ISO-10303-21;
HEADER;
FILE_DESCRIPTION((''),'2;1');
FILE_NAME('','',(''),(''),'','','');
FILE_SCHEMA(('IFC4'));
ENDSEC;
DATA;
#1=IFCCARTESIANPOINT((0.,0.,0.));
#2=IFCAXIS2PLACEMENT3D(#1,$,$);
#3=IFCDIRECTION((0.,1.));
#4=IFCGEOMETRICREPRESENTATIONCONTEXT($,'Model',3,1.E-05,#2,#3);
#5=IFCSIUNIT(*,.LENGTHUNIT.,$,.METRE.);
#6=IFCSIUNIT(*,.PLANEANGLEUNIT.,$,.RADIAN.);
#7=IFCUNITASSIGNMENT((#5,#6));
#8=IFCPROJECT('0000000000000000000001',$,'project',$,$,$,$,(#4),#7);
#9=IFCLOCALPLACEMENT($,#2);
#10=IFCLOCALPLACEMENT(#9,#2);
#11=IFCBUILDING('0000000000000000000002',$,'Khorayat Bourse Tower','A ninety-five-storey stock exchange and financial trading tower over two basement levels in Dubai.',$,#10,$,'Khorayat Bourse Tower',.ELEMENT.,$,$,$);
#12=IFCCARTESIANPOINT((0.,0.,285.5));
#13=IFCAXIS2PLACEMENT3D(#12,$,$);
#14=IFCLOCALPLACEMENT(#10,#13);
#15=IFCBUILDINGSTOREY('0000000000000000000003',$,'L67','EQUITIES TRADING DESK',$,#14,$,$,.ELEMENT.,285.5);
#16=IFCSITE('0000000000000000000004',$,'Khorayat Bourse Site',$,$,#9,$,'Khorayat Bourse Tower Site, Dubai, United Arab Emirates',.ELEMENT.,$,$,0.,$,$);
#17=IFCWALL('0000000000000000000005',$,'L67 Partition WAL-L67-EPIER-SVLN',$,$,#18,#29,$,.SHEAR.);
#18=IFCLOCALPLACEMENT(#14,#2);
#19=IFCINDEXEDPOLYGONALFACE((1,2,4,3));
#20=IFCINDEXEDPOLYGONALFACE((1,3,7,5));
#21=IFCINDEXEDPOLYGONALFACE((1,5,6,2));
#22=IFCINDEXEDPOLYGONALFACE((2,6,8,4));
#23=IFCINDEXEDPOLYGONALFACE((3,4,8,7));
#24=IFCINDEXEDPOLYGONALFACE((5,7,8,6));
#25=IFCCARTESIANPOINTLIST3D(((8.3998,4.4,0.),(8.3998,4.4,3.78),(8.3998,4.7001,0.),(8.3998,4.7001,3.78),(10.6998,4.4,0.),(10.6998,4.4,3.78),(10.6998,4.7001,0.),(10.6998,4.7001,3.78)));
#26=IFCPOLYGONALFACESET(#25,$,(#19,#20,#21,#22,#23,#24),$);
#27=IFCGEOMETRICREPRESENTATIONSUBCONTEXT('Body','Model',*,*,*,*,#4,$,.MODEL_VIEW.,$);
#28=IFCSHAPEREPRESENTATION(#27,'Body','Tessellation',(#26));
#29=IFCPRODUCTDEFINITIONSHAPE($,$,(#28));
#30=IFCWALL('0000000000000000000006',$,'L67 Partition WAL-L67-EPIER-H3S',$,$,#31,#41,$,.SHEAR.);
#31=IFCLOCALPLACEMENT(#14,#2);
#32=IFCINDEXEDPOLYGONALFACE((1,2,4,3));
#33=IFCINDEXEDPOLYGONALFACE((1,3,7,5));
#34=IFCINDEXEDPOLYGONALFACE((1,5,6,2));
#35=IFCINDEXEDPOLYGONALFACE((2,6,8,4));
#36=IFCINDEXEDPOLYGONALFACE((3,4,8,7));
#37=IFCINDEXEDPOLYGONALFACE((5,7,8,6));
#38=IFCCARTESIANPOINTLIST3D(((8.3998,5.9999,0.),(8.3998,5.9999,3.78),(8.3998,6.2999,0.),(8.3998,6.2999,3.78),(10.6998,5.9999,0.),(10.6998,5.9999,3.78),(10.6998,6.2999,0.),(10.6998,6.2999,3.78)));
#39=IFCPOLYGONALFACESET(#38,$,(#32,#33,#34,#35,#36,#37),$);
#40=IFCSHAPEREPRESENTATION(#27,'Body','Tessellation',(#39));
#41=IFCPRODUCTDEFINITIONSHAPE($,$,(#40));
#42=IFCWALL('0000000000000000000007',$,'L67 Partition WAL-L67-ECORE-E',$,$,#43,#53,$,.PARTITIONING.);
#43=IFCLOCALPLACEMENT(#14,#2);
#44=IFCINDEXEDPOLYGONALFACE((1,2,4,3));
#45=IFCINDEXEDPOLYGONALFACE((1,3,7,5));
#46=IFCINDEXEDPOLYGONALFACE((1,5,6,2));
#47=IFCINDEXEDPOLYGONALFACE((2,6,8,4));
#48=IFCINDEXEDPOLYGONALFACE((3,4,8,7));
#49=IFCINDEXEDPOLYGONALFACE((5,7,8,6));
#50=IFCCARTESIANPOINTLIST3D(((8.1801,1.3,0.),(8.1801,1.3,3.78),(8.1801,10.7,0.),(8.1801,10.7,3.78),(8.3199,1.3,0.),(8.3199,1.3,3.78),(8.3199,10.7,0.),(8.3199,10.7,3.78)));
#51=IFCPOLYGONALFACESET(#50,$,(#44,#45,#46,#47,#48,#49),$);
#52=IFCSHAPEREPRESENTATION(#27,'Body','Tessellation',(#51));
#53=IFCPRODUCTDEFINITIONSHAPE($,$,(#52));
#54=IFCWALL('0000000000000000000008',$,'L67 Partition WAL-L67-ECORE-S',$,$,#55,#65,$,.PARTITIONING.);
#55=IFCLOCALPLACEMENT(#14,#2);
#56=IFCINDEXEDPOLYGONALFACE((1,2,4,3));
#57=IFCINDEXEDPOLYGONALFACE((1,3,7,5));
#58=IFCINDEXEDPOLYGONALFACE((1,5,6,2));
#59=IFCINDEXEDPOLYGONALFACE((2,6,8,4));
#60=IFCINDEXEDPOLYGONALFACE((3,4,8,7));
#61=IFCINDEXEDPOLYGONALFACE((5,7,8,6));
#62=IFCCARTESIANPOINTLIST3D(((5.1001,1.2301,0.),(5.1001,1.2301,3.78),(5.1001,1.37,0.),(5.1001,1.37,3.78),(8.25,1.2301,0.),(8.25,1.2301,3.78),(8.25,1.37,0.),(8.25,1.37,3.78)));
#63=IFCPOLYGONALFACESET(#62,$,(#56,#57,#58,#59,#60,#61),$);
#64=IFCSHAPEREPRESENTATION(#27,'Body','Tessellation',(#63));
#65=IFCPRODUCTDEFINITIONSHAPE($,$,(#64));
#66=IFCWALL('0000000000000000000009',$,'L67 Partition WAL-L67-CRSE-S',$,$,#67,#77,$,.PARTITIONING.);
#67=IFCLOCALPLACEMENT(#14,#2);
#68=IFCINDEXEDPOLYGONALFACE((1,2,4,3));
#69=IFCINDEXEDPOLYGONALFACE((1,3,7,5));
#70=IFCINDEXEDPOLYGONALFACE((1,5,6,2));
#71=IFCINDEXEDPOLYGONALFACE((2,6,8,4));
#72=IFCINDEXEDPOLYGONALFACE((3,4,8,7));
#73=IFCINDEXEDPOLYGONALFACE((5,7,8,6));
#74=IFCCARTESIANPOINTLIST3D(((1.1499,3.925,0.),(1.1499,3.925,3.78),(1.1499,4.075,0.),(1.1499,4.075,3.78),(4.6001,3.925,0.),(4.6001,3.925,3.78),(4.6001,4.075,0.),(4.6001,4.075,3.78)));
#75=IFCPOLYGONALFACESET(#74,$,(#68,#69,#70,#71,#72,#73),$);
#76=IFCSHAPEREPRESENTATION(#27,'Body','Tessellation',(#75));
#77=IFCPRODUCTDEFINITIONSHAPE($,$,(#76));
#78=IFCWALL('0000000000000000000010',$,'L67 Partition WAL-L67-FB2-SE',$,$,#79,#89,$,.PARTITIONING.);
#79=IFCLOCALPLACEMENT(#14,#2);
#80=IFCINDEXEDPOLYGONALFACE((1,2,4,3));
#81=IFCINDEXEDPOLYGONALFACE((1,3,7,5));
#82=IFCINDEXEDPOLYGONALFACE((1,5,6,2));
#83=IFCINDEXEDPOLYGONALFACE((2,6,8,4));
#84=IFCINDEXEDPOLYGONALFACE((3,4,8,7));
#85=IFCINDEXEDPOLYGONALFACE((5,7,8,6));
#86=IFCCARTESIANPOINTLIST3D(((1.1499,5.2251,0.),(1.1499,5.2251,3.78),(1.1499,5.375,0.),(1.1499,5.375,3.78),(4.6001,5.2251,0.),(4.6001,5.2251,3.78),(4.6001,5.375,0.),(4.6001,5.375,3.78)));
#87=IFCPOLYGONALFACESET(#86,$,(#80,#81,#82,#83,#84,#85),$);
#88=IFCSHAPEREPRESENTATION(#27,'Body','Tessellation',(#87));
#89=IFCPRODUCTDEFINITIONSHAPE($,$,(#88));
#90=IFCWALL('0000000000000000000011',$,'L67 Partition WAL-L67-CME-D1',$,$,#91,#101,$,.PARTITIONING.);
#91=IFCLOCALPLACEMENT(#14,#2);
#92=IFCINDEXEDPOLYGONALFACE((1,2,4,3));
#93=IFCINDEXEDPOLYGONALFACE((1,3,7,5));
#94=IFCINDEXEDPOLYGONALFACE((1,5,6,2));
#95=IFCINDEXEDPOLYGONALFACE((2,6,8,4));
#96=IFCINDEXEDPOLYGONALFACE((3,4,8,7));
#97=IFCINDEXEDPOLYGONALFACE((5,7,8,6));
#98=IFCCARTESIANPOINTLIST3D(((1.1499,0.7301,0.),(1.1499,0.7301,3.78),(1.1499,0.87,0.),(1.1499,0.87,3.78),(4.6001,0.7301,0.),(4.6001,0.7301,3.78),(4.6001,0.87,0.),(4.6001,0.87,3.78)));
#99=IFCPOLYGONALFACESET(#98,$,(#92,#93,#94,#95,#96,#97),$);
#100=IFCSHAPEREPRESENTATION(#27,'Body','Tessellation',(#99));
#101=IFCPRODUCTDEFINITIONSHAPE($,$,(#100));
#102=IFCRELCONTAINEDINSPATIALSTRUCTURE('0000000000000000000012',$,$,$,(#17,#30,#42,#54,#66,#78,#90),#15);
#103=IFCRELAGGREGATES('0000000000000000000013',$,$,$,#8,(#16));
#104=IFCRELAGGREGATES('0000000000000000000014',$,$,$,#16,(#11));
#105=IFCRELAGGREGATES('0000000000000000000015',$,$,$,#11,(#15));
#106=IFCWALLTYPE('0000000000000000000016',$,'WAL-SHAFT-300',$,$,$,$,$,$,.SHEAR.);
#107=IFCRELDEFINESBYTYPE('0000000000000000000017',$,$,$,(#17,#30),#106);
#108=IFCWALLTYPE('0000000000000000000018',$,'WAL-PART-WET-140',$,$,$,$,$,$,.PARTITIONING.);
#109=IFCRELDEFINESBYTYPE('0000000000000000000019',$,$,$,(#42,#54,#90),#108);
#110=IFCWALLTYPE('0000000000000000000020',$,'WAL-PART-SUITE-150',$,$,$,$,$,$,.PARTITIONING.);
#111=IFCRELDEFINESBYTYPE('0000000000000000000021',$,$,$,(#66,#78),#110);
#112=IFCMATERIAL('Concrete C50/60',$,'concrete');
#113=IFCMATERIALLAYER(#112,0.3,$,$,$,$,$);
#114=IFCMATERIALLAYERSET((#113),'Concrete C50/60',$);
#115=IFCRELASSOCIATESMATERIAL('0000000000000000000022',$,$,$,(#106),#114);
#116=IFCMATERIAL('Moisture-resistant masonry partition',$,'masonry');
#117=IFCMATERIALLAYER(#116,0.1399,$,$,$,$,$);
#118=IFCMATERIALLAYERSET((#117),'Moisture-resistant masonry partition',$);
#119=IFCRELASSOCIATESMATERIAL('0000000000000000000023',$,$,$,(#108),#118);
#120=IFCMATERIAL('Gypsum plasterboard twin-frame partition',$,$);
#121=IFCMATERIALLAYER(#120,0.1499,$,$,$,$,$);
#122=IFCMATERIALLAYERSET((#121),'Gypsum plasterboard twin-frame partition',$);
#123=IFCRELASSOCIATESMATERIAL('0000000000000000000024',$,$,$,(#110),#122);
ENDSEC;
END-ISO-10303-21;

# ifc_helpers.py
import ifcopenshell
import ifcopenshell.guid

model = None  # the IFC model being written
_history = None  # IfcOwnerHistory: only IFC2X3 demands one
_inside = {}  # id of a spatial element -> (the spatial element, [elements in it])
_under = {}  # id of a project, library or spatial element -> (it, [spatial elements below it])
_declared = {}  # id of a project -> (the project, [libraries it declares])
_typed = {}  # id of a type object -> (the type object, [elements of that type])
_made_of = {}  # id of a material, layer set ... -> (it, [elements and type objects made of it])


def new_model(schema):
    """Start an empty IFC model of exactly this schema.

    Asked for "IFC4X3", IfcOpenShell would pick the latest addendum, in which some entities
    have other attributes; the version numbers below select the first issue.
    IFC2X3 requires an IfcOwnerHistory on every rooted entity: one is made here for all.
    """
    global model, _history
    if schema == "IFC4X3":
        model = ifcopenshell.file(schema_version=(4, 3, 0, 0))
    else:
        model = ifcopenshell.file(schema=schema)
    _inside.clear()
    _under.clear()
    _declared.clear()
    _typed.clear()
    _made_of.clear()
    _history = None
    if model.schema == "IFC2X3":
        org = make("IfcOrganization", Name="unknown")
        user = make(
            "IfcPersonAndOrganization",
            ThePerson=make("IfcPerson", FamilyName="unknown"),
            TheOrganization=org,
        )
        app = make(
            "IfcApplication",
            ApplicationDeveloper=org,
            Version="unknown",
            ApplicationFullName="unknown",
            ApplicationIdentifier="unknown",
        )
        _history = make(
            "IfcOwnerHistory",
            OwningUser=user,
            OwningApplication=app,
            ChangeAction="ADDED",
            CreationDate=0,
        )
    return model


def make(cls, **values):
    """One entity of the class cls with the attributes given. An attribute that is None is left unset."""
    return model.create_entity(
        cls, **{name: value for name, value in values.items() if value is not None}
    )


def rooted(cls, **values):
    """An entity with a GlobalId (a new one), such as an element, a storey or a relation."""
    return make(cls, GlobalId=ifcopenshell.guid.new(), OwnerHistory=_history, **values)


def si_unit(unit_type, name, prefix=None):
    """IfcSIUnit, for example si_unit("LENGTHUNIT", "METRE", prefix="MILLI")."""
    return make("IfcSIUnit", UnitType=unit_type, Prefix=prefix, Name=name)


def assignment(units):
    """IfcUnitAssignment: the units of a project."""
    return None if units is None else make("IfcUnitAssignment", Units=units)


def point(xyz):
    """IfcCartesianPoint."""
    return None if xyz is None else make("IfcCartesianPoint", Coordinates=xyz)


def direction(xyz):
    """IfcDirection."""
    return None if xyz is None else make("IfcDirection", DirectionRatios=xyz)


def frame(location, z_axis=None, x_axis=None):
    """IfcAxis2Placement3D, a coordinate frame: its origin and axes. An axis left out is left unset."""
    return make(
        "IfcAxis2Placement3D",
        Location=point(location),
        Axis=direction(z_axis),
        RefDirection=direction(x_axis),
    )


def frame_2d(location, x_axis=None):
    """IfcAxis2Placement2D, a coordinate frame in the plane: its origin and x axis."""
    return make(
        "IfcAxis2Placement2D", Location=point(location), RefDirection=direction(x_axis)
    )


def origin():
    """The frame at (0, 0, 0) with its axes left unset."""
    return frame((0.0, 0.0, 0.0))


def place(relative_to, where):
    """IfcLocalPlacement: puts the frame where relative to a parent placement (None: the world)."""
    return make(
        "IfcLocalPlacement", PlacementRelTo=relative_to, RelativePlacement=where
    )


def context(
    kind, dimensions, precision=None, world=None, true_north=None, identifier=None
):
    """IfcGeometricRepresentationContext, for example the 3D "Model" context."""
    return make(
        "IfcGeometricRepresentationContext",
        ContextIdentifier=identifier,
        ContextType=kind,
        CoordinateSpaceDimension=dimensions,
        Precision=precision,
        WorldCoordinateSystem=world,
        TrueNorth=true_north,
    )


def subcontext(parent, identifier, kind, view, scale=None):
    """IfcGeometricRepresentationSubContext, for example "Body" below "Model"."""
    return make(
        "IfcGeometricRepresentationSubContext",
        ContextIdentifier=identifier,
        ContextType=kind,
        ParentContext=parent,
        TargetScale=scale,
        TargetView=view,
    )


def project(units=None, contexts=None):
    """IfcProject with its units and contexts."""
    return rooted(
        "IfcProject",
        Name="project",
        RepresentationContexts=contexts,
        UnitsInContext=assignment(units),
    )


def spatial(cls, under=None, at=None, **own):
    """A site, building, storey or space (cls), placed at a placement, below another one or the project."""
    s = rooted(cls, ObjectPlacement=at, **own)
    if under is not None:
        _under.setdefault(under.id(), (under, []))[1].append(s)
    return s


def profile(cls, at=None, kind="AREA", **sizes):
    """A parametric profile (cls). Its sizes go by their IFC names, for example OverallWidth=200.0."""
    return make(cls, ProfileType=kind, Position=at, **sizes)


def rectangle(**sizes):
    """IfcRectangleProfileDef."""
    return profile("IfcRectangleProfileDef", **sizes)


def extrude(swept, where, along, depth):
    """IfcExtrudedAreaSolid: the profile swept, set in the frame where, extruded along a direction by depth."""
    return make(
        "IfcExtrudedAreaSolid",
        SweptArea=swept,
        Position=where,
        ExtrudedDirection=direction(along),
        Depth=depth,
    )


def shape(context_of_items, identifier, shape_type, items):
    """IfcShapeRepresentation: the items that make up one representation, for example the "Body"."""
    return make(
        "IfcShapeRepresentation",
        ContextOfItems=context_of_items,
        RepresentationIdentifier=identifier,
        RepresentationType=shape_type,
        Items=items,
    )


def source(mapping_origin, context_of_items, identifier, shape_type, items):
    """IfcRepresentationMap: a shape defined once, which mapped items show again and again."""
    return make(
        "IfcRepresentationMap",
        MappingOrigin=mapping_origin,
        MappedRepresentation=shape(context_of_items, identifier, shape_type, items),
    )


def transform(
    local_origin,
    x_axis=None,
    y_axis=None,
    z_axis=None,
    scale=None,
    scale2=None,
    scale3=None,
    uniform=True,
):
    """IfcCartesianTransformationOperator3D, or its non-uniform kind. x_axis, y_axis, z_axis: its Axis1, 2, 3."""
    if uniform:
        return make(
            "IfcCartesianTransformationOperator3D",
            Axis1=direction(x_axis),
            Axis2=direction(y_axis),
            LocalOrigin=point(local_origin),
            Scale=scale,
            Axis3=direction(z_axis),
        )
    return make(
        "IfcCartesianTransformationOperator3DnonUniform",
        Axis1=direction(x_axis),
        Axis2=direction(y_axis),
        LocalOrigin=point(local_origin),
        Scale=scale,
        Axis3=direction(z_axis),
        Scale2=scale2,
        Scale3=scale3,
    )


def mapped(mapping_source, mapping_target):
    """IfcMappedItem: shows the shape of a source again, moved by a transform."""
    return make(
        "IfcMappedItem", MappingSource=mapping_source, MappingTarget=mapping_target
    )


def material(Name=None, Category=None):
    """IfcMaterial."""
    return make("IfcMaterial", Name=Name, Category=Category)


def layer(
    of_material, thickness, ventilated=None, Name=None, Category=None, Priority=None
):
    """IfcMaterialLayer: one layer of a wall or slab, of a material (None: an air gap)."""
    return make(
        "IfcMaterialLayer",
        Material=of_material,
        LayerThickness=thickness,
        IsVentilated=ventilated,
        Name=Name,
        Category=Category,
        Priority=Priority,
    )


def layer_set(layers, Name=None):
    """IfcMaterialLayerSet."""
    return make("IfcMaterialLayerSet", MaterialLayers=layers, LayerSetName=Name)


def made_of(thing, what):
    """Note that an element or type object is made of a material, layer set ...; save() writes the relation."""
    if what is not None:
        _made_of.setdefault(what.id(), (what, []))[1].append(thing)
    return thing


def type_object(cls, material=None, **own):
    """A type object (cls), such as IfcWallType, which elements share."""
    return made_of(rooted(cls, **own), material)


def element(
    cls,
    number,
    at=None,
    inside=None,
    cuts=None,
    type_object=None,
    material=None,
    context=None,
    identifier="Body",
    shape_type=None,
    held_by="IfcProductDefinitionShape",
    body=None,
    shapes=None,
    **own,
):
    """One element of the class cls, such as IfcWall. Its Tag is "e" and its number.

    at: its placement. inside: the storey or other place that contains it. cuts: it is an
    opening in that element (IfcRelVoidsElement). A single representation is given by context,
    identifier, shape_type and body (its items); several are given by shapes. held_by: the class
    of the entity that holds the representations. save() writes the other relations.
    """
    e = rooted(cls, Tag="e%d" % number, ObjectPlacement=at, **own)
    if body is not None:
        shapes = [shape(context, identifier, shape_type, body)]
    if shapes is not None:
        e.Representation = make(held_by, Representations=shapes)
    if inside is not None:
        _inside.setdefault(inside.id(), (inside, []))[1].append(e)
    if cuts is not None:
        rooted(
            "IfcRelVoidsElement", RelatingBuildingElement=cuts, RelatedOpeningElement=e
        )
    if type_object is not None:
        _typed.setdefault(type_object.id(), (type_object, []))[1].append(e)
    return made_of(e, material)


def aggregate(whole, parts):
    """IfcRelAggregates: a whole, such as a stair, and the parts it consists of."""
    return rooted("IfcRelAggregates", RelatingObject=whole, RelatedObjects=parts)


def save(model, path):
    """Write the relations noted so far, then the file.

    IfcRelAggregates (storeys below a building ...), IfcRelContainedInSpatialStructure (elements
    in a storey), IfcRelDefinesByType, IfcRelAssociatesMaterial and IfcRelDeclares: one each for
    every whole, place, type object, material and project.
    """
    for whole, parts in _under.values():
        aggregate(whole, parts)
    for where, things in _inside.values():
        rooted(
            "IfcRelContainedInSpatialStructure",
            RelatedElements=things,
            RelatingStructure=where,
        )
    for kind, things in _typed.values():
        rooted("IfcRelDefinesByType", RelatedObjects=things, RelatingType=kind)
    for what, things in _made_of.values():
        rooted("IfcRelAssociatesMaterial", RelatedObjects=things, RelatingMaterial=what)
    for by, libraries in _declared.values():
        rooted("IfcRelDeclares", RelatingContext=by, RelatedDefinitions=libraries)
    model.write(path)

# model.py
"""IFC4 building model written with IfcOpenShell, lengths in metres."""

from ifc_helpers import new_model, si_unit, direction, frame, frame_2d, origin, place, context, subcontext, project, spatial, rectangle, extrude, source, transform, mapped, material, layer, layer_set, type_object, element, save


model = new_model("IFC4")

# Units and contexts
model_context = context("Model", 3, precision=1e-05, world=origin(), true_north=direction((0.0, 1.0)))
body_context = subcontext(model_context, "Body", "Model", "MODEL_VIEW")
ifc_project = project(units=[si_unit("LENGTHUNIT", "METRE"), si_unit("PLANEANGLEUNIT", "RADIAN")], contexts=[model_context])

# Site, building, storey
site_placement = place(None, origin())
site = spatial("IfcSite", under=ifc_project, at=site_placement, Name="Khorayat Bourse Site", LongName="Khorayat Bourse Tower Site, Dubai, United Arab Emirates", CompositionType="ELEMENT", RefElevation=0.0)
building_placement = place(site_placement, origin())
building = spatial("IfcBuilding", under=site, at=building_placement, Name="Khorayat Bourse Tower", Description="A ninety-five-storey stock exchange and financial trading tower over two basement levels in Dubai.", LongName="Khorayat Bourse Tower", CompositionType="ELEMENT")
storey_placement = place(building_placement, frame((0.0, 0.0, 285.5)))
storey = spatial("IfcBuildingStorey", under=building, at=storey_placement, Name="L67", Description="EQUITIES TRADING DESK", CompositionType="ELEMENT", Elevation=285.5)

# Walls
ifc_material_1 = material(Name="Concrete C50/60", Category="concrete")
ifc_layer_1 = layer(ifc_material_1, 0.3)
ifc_layer_set_1 = layer_set([ifc_layer_1], Name="Concrete C50/60")
wall_type_1 = type_object("IfcWallType", Name="WAL-SHAFT-300", PredefinedType="SHEAR", material=ifc_layer_set_1)
shared_shape_1 = source(origin(), body_context, "Body", "SweptSolid", [
    extrude(rectangle(XDim=2.3, YDim=0.3, at=frame_2d((1.1499, 0.0))), origin(), (0.0, 0.0, 1.0), 3.78),
])
for number, where, z_axis, x_axis, name in (
    (1, (8.3999, 4.55, 0.0), (0.0, 0.0, 1.0), (1.0, 0.0, 0.0), "L67 Partition WAL-L67-EPIER-SVLN"),
    (2, (8.3999, 6.1499, 0.0), (0.0, 0.0, 1.0), (1.0, 0.0, 0.0), "L67 Partition WAL-L67-EPIER-H3S"),
):
    element("IfcWall", number, at=place(storey_placement, frame(where, z_axis=z_axis, x_axis=x_axis)), inside=storey, type_object=wall_type_1, Name=name, PredefinedType="SHEAR", context=body_context, shape_type="MappedRepresentation", body=[
        mapped(shared_shape_1, transform((0.0, 0.0, 0.0), scale=1.0)),
    ])
ifc_material_2 = material(Name="Moisture-resistant masonry partition", Category="masonry")
ifc_layer_2 = layer(ifc_material_2, 0.1399)
ifc_layer_set_2 = layer_set([ifc_layer_2], Name="Moisture-resistant masonry partition")
wall_type_2 = type_object("IfcWallType", Name="WAL-PART-WET-140", PredefinedType="PARTITIONING", material=ifc_layer_set_2)
shared_shape_2 = source(origin(), body_context, "Body", "SweptSolid", [
    extrude(rectangle(XDim=9.3999, YDim=0.1399, at=frame_2d((4.7, 0.0))), origin(), (0.0, 0.0, 1.0), 3.78),
])
wall_1_placement = place(storey_placement, frame((8.25, 1.3, 0.0), z_axis=(0.0, 0.0, 1.0), x_axis=(0.0, 1.0, 0.0)))
element("IfcWall", 3, at=wall_1_placement, inside=storey, type_object=wall_type_2, Name="L67 Partition WAL-L67-ECORE-E", PredefinedType="PARTITIONING", context=body_context, shape_type="MappedRepresentation", body=[
    mapped(shared_shape_2, transform((0.0, 0.0, 0.0), scale=1.0)),
])
shared_shape_3 = source(origin(), body_context, "Body", "SweptSolid", [
    extrude(rectangle(XDim=3.1499, YDim=0.1399, at=frame_2d((1.575, 0.0))), origin(), (0.0, 0.0, 1.0), 3.78),
])
wall_2_placement = place(storey_placement, frame((5.1001, 1.3, 0.0), z_axis=(0.0, 0.0, 1.0), x_axis=(1.0, 0.0, 0.0)))
element("IfcWall", 4, at=wall_2_placement, inside=storey, type_object=wall_type_2, Name="L67 Partition WAL-L67-ECORE-S", PredefinedType="PARTITIONING", context=body_context, shape_type="MappedRepresentation", body=[
    mapped(shared_shape_3, transform((0.0, 0.0, 0.0), scale=1.0)),
])

# Walls
ifc_material_3 = material(Name="Gypsum plasterboard twin-frame partition")
ifc_layer_3 = layer(ifc_material_3, 0.1499)
ifc_layer_set_3 = layer_set([ifc_layer_3], Name="Gypsum plasterboard twin-frame partition")
wall_type_3 = type_object("IfcWallType", Name="WAL-PART-SUITE-150", PredefinedType="PARTITIONING", material=ifc_layer_set_3)
shared_shape_4 = source(origin(), body_context, "Body", "SweptSolid", [
    extrude(rectangle(XDim=3.4502, YDim=0.1499, at=frame_2d((1.7251, 0.0))), origin(), (0.0, 0.0, 1.0), 3.78),
])
for number, where, z_axis, x_axis, name in (
    (5, (1.1499, 4.0, 0.0), (0.0, 0.0, 1.0), (1.0, 0.0, 0.0), "L67 Partition WAL-L67-CRSE-S"),
    (6, (1.1499, 5.3, 0.0), (0.0, 0.0, 1.0), (1.0, 0.0, 0.0), "L67 Partition WAL-L67-FB2-SE"),
):
    element("IfcWall", number, at=place(storey_placement, frame(where, z_axis=z_axis, x_axis=x_axis)), inside=storey, type_object=wall_type_3, Name=name, PredefinedType="PARTITIONING", context=body_context, shape_type="MappedRepresentation", body=[
        mapped(shared_shape_4, transform((0.0, 0.0, 0.0), scale=1.0)),
    ])

# Wall
shared_shape_5 = source(origin(), body_context, "Body", "SweptSolid", [
    extrude(rectangle(XDim=3.4502, YDim=0.1399, at=frame_2d((1.7251, 0.0))), origin(), (0.0, 0.0, 1.0), 3.78),
])
wall_3_placement = place(storey_placement, frame((1.1499, 0.8, 0.0), z_axis=(0.0, 0.0, 1.0), x_axis=(1.0, 0.0, 0.0)))
element("IfcWall", 7, at=wall_3_placement, inside=storey, type_object=wall_type_2, Name="L67 Partition WAL-L67-CME-D1", PredefinedType="PARTITIONING", context=body_context, shape_type="MappedRepresentation", body=[
    mapped(shared_shape_5, transform((0.0, 0.0, 0.0), scale=1.0)),
])

save(model, "model.ifc")
